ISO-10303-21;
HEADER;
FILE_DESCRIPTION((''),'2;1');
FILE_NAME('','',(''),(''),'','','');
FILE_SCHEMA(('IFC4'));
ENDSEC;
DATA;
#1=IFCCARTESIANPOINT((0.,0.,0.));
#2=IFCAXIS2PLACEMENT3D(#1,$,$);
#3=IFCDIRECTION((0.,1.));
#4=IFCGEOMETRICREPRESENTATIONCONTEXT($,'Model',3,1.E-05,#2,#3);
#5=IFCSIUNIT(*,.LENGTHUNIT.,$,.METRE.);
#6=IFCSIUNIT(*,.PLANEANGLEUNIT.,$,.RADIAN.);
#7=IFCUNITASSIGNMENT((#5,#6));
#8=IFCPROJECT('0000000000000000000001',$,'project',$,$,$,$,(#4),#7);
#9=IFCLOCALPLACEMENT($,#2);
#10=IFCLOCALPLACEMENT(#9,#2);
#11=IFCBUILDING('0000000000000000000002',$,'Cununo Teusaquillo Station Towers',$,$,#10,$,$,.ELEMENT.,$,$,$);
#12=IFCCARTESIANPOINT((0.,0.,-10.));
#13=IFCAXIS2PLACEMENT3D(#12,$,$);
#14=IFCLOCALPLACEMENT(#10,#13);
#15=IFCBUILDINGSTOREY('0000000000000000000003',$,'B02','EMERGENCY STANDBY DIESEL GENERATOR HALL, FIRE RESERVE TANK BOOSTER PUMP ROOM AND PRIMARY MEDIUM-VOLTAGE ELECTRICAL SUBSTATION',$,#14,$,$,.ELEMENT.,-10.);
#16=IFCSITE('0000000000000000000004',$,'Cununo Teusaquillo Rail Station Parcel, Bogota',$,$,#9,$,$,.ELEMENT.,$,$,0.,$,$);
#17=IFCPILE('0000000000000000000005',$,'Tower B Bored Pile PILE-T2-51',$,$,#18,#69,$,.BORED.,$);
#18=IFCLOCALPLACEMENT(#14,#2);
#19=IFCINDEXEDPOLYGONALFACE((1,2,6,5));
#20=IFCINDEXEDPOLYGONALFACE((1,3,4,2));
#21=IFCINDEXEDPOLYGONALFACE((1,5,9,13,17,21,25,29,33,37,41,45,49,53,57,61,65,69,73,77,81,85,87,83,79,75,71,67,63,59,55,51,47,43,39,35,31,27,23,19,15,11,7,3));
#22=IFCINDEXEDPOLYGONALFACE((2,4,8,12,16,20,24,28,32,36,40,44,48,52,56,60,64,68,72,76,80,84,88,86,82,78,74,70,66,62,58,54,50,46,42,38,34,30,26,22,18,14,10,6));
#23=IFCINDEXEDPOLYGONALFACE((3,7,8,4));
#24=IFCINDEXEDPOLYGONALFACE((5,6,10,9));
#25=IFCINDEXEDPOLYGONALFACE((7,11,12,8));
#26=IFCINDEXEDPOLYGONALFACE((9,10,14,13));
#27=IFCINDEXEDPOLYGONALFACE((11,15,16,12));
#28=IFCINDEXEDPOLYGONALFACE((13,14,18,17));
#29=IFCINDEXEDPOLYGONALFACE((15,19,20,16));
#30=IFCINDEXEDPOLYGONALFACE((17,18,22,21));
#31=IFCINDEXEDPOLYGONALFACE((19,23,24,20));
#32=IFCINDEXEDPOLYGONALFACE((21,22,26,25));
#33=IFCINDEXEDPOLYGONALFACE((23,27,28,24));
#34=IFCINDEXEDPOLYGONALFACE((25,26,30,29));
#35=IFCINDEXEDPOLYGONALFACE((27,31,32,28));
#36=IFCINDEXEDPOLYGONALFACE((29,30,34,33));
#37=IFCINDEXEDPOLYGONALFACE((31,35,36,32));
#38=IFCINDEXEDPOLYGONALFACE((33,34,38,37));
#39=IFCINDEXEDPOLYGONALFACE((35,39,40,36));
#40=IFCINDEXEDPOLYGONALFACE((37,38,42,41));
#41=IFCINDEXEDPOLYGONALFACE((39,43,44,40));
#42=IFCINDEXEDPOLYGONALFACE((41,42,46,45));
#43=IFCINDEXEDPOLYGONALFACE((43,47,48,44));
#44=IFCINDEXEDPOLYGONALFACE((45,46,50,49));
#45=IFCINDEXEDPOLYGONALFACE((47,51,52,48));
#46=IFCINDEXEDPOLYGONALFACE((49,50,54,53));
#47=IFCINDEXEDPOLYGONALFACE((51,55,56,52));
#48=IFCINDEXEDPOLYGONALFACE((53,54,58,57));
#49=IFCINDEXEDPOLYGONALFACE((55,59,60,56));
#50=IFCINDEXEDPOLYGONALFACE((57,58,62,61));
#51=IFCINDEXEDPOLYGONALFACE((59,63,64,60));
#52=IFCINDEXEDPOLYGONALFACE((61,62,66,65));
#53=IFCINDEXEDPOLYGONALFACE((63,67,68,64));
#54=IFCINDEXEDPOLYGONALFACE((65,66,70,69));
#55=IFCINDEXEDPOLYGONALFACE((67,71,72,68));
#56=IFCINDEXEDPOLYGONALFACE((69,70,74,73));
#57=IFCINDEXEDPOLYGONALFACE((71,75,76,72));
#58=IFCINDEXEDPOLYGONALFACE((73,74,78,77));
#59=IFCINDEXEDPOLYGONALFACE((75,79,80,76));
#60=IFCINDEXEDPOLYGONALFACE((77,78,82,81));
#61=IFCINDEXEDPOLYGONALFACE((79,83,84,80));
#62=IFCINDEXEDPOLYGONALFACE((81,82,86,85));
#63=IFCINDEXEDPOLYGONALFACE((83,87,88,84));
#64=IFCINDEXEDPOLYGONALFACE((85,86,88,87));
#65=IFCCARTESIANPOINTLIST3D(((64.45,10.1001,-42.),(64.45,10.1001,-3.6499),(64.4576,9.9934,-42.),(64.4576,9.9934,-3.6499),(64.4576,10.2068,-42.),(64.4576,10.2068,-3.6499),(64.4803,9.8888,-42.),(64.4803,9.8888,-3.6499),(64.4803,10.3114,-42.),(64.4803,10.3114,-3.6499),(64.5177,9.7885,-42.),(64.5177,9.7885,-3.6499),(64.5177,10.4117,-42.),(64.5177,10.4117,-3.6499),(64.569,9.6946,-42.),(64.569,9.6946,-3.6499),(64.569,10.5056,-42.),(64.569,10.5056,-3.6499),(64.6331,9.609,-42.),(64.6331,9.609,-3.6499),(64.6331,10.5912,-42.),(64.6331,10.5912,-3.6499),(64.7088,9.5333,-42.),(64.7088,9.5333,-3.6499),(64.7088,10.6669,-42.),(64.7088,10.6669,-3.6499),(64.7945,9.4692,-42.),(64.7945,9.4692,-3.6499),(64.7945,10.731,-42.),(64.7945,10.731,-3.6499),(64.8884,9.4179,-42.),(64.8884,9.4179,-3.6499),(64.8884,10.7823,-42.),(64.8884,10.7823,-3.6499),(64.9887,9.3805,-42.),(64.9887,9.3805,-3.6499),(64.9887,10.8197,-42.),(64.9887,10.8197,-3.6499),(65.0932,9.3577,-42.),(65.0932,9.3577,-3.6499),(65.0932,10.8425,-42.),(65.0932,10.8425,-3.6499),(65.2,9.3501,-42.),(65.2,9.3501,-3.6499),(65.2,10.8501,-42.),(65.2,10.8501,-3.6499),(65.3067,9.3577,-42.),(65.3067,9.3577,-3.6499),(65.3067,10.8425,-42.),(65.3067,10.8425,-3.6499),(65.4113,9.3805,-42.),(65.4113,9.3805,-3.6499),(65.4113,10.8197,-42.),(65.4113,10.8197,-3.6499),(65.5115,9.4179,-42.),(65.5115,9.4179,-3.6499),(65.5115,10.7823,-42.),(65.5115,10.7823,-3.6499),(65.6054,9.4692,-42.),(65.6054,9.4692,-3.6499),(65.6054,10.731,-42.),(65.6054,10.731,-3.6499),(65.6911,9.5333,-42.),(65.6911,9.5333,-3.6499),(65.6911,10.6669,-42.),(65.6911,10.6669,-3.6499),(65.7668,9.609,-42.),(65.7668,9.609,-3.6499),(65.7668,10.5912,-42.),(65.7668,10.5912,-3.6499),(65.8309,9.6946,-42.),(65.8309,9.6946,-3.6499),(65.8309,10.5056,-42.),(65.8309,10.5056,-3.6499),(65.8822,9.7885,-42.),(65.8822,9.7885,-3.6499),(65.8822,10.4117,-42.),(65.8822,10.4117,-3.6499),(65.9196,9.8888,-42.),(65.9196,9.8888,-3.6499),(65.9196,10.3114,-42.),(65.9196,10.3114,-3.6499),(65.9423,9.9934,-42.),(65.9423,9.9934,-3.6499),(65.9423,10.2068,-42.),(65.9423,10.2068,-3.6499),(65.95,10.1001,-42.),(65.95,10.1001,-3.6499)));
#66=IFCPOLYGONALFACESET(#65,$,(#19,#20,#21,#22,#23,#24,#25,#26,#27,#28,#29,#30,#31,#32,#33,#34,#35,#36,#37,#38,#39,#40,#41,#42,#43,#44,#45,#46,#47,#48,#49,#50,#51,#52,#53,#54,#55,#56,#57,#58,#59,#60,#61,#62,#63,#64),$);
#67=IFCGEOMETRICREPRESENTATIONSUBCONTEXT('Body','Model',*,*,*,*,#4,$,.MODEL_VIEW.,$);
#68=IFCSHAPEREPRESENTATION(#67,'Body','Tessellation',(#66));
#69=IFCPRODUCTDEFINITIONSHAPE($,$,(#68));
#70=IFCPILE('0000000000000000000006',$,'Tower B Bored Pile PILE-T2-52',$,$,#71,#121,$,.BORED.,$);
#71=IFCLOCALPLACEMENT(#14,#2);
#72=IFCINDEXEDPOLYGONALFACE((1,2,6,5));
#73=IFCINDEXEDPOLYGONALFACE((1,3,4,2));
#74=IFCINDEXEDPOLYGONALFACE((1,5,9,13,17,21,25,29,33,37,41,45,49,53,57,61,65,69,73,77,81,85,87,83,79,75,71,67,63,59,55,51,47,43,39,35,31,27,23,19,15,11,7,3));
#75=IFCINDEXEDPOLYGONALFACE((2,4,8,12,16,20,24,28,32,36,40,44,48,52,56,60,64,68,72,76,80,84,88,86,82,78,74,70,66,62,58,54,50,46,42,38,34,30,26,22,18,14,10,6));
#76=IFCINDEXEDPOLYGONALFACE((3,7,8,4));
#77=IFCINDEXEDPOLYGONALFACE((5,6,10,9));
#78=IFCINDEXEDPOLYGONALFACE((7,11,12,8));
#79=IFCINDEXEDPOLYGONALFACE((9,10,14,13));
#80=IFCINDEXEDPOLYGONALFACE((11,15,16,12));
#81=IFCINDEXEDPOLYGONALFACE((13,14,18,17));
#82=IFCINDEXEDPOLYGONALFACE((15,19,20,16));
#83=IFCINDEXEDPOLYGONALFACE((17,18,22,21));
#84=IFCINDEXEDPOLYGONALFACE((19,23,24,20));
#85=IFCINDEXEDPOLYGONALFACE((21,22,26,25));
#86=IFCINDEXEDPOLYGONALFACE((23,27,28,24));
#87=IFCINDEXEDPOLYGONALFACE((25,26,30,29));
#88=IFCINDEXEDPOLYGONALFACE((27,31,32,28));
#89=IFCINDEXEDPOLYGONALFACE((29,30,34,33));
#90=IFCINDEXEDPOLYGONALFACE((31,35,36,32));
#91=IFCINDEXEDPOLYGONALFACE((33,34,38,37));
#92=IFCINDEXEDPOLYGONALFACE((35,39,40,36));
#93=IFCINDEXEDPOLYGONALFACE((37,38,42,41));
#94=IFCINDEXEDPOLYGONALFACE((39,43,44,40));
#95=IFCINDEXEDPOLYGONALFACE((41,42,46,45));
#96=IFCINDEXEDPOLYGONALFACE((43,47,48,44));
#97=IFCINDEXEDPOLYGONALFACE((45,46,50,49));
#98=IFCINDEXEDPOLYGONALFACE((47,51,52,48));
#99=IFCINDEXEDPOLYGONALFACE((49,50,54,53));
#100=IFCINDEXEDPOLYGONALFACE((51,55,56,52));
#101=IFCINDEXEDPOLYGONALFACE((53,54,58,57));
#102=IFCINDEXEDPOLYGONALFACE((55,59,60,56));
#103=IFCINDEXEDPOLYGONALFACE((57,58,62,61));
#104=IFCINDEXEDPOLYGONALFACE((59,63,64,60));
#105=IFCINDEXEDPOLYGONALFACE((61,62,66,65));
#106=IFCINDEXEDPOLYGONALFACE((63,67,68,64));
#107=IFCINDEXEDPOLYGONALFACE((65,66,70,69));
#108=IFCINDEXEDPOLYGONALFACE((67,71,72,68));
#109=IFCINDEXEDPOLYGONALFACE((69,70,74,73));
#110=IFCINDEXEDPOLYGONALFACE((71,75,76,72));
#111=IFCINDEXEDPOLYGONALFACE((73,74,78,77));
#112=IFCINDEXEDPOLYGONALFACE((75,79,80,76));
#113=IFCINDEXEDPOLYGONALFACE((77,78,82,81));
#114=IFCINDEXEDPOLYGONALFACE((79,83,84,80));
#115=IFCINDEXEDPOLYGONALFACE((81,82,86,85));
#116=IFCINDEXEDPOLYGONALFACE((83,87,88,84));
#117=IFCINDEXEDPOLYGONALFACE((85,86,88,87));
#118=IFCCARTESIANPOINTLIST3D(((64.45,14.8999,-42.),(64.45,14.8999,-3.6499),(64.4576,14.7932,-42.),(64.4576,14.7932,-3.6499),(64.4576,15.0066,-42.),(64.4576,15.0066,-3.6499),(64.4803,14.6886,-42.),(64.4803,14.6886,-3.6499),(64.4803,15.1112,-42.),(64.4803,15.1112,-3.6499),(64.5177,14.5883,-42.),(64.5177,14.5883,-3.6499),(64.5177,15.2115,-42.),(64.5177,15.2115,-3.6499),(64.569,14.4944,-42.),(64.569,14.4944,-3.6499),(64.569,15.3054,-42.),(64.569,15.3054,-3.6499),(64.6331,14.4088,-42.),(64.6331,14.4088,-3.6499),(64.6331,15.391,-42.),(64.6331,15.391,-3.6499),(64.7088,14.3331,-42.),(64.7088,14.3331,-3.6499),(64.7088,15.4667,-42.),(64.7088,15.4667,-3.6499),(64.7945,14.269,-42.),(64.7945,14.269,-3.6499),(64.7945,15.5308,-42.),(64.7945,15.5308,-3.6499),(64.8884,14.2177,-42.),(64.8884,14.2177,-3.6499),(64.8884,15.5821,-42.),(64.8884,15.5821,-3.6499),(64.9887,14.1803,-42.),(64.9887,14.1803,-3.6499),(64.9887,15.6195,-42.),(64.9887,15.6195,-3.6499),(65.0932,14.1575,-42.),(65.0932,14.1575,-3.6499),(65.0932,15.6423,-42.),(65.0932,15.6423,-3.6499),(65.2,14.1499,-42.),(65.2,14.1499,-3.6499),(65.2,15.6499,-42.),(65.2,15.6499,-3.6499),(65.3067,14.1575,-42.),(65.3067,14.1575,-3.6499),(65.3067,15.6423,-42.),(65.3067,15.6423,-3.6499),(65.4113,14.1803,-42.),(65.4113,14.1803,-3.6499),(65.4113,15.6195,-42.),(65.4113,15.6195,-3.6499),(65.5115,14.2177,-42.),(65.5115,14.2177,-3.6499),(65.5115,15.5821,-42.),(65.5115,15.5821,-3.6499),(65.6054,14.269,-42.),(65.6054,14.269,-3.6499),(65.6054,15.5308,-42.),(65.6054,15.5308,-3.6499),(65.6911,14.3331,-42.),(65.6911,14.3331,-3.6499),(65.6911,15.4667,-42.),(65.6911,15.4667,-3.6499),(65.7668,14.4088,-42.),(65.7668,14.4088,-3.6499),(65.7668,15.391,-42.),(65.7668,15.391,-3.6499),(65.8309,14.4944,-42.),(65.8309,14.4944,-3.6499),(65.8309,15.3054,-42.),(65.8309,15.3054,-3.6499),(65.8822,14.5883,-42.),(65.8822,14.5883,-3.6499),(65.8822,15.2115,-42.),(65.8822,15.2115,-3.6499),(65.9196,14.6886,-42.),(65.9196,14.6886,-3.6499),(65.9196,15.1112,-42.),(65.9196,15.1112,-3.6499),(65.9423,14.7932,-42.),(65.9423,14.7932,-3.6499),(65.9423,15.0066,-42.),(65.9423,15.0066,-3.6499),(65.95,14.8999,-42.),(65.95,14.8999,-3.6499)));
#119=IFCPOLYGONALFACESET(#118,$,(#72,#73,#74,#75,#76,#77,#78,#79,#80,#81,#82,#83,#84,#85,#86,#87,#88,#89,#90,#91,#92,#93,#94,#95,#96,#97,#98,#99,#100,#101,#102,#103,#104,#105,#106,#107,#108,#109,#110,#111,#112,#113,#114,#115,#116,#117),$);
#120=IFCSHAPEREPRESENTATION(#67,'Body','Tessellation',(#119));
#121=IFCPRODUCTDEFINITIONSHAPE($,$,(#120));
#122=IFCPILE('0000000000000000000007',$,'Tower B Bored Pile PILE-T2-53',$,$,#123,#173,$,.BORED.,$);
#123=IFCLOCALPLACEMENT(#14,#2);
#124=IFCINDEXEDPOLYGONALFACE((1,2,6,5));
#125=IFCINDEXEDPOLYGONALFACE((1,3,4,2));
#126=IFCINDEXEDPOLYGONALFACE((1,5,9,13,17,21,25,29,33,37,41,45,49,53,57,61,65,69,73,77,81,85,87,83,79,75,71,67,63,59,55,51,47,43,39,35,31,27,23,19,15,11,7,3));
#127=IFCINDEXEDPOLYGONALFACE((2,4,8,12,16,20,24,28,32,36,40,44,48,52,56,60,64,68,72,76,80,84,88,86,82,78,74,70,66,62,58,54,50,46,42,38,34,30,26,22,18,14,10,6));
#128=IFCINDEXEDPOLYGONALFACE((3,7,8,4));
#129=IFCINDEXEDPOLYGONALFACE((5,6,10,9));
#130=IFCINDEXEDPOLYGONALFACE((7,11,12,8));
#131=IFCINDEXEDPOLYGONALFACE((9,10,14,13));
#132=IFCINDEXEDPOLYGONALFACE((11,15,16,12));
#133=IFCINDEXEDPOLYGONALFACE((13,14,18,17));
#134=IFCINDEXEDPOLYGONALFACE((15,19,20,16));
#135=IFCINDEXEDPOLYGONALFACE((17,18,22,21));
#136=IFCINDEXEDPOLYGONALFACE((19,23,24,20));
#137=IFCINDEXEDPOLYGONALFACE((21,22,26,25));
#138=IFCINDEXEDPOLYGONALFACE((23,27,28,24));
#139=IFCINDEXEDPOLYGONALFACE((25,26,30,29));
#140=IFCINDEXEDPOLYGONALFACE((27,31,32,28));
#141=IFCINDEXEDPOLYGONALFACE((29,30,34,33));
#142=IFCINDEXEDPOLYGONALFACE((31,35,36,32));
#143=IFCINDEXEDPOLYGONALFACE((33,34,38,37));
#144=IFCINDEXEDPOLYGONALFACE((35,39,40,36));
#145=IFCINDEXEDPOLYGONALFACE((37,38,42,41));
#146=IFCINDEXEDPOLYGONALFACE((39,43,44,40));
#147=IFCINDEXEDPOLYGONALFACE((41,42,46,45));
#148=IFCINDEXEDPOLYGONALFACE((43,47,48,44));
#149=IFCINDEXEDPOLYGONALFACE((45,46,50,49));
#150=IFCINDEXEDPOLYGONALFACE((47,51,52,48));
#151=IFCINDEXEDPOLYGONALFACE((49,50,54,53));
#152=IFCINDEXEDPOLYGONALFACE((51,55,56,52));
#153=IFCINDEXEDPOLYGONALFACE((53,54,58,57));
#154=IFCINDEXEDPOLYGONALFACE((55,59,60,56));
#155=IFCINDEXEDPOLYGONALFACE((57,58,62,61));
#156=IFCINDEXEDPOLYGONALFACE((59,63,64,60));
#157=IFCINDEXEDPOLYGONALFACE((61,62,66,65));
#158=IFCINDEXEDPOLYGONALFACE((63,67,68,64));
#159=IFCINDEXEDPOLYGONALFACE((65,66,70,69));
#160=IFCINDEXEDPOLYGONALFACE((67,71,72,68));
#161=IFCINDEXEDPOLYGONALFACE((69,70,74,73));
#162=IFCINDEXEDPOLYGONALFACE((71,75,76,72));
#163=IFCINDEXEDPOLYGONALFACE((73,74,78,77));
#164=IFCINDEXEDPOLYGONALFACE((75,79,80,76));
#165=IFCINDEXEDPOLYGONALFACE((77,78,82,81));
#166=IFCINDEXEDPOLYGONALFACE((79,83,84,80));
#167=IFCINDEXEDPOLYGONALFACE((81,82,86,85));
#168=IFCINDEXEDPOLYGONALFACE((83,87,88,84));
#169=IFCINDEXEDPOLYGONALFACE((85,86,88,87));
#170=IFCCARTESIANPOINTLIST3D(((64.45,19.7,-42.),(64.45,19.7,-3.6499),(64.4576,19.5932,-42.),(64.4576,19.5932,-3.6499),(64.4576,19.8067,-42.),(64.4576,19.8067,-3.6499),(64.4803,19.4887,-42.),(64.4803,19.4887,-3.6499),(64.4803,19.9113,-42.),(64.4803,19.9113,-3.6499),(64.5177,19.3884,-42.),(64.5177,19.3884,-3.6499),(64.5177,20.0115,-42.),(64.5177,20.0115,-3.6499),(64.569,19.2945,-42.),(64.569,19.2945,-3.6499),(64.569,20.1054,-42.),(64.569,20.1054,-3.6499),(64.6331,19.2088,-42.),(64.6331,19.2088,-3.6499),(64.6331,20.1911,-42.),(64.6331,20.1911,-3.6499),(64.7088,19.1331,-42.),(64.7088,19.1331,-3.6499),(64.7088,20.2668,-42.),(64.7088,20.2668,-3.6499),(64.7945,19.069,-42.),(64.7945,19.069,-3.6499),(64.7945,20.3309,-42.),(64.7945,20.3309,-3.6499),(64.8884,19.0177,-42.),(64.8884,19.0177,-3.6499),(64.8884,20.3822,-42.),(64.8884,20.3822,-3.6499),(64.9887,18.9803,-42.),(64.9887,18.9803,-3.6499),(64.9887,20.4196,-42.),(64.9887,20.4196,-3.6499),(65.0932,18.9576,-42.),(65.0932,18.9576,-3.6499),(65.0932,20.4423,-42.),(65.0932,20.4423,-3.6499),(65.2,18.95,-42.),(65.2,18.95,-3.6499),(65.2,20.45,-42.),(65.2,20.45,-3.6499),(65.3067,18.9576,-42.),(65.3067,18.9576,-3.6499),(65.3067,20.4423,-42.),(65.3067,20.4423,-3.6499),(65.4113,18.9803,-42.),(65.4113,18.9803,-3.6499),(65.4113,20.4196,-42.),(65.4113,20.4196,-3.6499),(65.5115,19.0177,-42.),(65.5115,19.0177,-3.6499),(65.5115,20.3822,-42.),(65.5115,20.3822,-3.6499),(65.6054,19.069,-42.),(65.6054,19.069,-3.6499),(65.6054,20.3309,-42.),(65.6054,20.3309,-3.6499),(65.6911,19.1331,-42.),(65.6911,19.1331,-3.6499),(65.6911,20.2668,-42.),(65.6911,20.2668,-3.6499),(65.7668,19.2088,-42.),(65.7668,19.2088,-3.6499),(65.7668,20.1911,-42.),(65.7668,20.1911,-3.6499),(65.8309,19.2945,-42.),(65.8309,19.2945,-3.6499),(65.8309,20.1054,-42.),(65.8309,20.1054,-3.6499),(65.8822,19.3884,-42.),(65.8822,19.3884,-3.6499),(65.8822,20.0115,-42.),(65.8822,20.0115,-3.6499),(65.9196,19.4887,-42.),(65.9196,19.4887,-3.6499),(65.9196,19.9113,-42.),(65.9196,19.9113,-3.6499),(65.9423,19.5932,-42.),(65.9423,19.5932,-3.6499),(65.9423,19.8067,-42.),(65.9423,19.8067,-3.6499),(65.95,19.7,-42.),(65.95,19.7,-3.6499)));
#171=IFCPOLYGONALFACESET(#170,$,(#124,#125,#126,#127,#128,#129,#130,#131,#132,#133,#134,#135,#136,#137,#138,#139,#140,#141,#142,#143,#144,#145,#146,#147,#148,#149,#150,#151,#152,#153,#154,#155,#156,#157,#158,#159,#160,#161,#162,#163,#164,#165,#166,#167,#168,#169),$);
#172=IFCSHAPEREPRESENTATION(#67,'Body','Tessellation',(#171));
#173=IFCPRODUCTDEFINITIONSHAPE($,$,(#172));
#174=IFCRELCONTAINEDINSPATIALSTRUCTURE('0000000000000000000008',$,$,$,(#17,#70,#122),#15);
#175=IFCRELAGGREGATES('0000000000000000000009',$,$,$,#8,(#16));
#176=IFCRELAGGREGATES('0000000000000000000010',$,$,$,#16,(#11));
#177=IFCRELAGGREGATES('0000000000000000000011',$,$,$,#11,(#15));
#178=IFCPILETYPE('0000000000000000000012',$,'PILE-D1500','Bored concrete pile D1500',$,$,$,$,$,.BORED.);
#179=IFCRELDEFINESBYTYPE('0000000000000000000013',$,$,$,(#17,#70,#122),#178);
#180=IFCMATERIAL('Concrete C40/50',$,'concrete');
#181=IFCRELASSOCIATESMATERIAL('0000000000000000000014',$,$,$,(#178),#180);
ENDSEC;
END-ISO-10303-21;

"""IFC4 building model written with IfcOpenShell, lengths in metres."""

from ifc_helpers import new_model, si_unit, direction, frame, origin, origin_2d, place, context, subcontext, project, spatial, circle, extrude, material, material_profile, profile_set, type_object, element, save


model = new_model("IFC4")

# Units and contexts
model_context = context("Model", 3, precision=1e-05, world=origin(), true_north=direction((0.0, 1.0)))
body_context = subcontext(model_context, "Body", "Model", "MODEL_VIEW")
ifc_project = project(units=[si_unit("LENGTHUNIT", "METRE"), si_unit("PLANEANGLEUNIT", "RADIAN")], contexts=[model_context])

# Site, building, storey
site_placement = place(None, origin())
site = spatial("IfcSite", under=ifc_project, at=site_placement, Name="Cununo Teusaquillo Rail Station Parcel, Bogota", CompositionType="ELEMENT", RefElevation=0.0)
building_placement = place(site_placement, origin())
building = spatial("IfcBuilding", under=site, at=building_placement, Name="Cununo Teusaquillo Station Towers", CompositionType="ELEMENT")
storey_placement = place(building_placement, frame((0.0, 0.0, -10.0)))
storey = spatial("IfcBuildingStorey", under=building, at=storey_placement, Name="B02", Description="EMERGENCY STANDBY DIESEL GENERATOR HALL, FIRE RESERVE TANK BOOSTER PUMP ROOM AND PRIMARY MEDIUM-VOLTAGE ELECTRICAL SUBSTATION", CompositionType="ELEMENT", Elevation=-10.0)

# Piles
ifc_material_1 = material(Name="Concrete C40/50", Category="concrete")
ifc_material_profile_1 = material_profile(ifc_material_1, circle(Radius=0.75, at=origin_2d()), Name="PILE-BORED-1500")
ifc_profile_set_1 = profile_set([ifc_material_profile_1], Name="Concrete C40/50")
pile_type = type_object("IfcPileType", Name="PILE-D1500", Description="Bored concrete pile D1500", PredefinedType="BORED", material=ifc_profile_set_1)
for number, where, z_axis, x_axis, name in (
    (1, (65.2, 10.1001, -3.6499), (0.0, 0.0, -1.0), (1.0, 0.0, 0.0), "Tower B Bored Pile PILE-T2-51"),
    (2, (65.2, 14.8999, -3.6499), (0.0, 0.0, -1.0), (1.0, 0.0, 0.0), "Tower B Bored Pile PILE-T2-52"),
    (3, (65.2, 19.7, -3.6499), (0.0, 0.0, -1.0), (1.0, 0.0, 0.0), "Tower B Bored Pile PILE-T2-53"),
):
    element("IfcPile", number, at=place(storey_placement, frame(where, z_axis=z_axis, x_axis=x_axis)), inside=storey, type_object=pile_type, Name=name, PredefinedType="BORED", context=body_context, shape_type="SweptSolid", body=[
        extrude(circle(Radius=0.75, at=origin_2d()), origin(), (0.0, 0.0, 1.0), 38.3501),
    ])

save(model, "model.ifc")
